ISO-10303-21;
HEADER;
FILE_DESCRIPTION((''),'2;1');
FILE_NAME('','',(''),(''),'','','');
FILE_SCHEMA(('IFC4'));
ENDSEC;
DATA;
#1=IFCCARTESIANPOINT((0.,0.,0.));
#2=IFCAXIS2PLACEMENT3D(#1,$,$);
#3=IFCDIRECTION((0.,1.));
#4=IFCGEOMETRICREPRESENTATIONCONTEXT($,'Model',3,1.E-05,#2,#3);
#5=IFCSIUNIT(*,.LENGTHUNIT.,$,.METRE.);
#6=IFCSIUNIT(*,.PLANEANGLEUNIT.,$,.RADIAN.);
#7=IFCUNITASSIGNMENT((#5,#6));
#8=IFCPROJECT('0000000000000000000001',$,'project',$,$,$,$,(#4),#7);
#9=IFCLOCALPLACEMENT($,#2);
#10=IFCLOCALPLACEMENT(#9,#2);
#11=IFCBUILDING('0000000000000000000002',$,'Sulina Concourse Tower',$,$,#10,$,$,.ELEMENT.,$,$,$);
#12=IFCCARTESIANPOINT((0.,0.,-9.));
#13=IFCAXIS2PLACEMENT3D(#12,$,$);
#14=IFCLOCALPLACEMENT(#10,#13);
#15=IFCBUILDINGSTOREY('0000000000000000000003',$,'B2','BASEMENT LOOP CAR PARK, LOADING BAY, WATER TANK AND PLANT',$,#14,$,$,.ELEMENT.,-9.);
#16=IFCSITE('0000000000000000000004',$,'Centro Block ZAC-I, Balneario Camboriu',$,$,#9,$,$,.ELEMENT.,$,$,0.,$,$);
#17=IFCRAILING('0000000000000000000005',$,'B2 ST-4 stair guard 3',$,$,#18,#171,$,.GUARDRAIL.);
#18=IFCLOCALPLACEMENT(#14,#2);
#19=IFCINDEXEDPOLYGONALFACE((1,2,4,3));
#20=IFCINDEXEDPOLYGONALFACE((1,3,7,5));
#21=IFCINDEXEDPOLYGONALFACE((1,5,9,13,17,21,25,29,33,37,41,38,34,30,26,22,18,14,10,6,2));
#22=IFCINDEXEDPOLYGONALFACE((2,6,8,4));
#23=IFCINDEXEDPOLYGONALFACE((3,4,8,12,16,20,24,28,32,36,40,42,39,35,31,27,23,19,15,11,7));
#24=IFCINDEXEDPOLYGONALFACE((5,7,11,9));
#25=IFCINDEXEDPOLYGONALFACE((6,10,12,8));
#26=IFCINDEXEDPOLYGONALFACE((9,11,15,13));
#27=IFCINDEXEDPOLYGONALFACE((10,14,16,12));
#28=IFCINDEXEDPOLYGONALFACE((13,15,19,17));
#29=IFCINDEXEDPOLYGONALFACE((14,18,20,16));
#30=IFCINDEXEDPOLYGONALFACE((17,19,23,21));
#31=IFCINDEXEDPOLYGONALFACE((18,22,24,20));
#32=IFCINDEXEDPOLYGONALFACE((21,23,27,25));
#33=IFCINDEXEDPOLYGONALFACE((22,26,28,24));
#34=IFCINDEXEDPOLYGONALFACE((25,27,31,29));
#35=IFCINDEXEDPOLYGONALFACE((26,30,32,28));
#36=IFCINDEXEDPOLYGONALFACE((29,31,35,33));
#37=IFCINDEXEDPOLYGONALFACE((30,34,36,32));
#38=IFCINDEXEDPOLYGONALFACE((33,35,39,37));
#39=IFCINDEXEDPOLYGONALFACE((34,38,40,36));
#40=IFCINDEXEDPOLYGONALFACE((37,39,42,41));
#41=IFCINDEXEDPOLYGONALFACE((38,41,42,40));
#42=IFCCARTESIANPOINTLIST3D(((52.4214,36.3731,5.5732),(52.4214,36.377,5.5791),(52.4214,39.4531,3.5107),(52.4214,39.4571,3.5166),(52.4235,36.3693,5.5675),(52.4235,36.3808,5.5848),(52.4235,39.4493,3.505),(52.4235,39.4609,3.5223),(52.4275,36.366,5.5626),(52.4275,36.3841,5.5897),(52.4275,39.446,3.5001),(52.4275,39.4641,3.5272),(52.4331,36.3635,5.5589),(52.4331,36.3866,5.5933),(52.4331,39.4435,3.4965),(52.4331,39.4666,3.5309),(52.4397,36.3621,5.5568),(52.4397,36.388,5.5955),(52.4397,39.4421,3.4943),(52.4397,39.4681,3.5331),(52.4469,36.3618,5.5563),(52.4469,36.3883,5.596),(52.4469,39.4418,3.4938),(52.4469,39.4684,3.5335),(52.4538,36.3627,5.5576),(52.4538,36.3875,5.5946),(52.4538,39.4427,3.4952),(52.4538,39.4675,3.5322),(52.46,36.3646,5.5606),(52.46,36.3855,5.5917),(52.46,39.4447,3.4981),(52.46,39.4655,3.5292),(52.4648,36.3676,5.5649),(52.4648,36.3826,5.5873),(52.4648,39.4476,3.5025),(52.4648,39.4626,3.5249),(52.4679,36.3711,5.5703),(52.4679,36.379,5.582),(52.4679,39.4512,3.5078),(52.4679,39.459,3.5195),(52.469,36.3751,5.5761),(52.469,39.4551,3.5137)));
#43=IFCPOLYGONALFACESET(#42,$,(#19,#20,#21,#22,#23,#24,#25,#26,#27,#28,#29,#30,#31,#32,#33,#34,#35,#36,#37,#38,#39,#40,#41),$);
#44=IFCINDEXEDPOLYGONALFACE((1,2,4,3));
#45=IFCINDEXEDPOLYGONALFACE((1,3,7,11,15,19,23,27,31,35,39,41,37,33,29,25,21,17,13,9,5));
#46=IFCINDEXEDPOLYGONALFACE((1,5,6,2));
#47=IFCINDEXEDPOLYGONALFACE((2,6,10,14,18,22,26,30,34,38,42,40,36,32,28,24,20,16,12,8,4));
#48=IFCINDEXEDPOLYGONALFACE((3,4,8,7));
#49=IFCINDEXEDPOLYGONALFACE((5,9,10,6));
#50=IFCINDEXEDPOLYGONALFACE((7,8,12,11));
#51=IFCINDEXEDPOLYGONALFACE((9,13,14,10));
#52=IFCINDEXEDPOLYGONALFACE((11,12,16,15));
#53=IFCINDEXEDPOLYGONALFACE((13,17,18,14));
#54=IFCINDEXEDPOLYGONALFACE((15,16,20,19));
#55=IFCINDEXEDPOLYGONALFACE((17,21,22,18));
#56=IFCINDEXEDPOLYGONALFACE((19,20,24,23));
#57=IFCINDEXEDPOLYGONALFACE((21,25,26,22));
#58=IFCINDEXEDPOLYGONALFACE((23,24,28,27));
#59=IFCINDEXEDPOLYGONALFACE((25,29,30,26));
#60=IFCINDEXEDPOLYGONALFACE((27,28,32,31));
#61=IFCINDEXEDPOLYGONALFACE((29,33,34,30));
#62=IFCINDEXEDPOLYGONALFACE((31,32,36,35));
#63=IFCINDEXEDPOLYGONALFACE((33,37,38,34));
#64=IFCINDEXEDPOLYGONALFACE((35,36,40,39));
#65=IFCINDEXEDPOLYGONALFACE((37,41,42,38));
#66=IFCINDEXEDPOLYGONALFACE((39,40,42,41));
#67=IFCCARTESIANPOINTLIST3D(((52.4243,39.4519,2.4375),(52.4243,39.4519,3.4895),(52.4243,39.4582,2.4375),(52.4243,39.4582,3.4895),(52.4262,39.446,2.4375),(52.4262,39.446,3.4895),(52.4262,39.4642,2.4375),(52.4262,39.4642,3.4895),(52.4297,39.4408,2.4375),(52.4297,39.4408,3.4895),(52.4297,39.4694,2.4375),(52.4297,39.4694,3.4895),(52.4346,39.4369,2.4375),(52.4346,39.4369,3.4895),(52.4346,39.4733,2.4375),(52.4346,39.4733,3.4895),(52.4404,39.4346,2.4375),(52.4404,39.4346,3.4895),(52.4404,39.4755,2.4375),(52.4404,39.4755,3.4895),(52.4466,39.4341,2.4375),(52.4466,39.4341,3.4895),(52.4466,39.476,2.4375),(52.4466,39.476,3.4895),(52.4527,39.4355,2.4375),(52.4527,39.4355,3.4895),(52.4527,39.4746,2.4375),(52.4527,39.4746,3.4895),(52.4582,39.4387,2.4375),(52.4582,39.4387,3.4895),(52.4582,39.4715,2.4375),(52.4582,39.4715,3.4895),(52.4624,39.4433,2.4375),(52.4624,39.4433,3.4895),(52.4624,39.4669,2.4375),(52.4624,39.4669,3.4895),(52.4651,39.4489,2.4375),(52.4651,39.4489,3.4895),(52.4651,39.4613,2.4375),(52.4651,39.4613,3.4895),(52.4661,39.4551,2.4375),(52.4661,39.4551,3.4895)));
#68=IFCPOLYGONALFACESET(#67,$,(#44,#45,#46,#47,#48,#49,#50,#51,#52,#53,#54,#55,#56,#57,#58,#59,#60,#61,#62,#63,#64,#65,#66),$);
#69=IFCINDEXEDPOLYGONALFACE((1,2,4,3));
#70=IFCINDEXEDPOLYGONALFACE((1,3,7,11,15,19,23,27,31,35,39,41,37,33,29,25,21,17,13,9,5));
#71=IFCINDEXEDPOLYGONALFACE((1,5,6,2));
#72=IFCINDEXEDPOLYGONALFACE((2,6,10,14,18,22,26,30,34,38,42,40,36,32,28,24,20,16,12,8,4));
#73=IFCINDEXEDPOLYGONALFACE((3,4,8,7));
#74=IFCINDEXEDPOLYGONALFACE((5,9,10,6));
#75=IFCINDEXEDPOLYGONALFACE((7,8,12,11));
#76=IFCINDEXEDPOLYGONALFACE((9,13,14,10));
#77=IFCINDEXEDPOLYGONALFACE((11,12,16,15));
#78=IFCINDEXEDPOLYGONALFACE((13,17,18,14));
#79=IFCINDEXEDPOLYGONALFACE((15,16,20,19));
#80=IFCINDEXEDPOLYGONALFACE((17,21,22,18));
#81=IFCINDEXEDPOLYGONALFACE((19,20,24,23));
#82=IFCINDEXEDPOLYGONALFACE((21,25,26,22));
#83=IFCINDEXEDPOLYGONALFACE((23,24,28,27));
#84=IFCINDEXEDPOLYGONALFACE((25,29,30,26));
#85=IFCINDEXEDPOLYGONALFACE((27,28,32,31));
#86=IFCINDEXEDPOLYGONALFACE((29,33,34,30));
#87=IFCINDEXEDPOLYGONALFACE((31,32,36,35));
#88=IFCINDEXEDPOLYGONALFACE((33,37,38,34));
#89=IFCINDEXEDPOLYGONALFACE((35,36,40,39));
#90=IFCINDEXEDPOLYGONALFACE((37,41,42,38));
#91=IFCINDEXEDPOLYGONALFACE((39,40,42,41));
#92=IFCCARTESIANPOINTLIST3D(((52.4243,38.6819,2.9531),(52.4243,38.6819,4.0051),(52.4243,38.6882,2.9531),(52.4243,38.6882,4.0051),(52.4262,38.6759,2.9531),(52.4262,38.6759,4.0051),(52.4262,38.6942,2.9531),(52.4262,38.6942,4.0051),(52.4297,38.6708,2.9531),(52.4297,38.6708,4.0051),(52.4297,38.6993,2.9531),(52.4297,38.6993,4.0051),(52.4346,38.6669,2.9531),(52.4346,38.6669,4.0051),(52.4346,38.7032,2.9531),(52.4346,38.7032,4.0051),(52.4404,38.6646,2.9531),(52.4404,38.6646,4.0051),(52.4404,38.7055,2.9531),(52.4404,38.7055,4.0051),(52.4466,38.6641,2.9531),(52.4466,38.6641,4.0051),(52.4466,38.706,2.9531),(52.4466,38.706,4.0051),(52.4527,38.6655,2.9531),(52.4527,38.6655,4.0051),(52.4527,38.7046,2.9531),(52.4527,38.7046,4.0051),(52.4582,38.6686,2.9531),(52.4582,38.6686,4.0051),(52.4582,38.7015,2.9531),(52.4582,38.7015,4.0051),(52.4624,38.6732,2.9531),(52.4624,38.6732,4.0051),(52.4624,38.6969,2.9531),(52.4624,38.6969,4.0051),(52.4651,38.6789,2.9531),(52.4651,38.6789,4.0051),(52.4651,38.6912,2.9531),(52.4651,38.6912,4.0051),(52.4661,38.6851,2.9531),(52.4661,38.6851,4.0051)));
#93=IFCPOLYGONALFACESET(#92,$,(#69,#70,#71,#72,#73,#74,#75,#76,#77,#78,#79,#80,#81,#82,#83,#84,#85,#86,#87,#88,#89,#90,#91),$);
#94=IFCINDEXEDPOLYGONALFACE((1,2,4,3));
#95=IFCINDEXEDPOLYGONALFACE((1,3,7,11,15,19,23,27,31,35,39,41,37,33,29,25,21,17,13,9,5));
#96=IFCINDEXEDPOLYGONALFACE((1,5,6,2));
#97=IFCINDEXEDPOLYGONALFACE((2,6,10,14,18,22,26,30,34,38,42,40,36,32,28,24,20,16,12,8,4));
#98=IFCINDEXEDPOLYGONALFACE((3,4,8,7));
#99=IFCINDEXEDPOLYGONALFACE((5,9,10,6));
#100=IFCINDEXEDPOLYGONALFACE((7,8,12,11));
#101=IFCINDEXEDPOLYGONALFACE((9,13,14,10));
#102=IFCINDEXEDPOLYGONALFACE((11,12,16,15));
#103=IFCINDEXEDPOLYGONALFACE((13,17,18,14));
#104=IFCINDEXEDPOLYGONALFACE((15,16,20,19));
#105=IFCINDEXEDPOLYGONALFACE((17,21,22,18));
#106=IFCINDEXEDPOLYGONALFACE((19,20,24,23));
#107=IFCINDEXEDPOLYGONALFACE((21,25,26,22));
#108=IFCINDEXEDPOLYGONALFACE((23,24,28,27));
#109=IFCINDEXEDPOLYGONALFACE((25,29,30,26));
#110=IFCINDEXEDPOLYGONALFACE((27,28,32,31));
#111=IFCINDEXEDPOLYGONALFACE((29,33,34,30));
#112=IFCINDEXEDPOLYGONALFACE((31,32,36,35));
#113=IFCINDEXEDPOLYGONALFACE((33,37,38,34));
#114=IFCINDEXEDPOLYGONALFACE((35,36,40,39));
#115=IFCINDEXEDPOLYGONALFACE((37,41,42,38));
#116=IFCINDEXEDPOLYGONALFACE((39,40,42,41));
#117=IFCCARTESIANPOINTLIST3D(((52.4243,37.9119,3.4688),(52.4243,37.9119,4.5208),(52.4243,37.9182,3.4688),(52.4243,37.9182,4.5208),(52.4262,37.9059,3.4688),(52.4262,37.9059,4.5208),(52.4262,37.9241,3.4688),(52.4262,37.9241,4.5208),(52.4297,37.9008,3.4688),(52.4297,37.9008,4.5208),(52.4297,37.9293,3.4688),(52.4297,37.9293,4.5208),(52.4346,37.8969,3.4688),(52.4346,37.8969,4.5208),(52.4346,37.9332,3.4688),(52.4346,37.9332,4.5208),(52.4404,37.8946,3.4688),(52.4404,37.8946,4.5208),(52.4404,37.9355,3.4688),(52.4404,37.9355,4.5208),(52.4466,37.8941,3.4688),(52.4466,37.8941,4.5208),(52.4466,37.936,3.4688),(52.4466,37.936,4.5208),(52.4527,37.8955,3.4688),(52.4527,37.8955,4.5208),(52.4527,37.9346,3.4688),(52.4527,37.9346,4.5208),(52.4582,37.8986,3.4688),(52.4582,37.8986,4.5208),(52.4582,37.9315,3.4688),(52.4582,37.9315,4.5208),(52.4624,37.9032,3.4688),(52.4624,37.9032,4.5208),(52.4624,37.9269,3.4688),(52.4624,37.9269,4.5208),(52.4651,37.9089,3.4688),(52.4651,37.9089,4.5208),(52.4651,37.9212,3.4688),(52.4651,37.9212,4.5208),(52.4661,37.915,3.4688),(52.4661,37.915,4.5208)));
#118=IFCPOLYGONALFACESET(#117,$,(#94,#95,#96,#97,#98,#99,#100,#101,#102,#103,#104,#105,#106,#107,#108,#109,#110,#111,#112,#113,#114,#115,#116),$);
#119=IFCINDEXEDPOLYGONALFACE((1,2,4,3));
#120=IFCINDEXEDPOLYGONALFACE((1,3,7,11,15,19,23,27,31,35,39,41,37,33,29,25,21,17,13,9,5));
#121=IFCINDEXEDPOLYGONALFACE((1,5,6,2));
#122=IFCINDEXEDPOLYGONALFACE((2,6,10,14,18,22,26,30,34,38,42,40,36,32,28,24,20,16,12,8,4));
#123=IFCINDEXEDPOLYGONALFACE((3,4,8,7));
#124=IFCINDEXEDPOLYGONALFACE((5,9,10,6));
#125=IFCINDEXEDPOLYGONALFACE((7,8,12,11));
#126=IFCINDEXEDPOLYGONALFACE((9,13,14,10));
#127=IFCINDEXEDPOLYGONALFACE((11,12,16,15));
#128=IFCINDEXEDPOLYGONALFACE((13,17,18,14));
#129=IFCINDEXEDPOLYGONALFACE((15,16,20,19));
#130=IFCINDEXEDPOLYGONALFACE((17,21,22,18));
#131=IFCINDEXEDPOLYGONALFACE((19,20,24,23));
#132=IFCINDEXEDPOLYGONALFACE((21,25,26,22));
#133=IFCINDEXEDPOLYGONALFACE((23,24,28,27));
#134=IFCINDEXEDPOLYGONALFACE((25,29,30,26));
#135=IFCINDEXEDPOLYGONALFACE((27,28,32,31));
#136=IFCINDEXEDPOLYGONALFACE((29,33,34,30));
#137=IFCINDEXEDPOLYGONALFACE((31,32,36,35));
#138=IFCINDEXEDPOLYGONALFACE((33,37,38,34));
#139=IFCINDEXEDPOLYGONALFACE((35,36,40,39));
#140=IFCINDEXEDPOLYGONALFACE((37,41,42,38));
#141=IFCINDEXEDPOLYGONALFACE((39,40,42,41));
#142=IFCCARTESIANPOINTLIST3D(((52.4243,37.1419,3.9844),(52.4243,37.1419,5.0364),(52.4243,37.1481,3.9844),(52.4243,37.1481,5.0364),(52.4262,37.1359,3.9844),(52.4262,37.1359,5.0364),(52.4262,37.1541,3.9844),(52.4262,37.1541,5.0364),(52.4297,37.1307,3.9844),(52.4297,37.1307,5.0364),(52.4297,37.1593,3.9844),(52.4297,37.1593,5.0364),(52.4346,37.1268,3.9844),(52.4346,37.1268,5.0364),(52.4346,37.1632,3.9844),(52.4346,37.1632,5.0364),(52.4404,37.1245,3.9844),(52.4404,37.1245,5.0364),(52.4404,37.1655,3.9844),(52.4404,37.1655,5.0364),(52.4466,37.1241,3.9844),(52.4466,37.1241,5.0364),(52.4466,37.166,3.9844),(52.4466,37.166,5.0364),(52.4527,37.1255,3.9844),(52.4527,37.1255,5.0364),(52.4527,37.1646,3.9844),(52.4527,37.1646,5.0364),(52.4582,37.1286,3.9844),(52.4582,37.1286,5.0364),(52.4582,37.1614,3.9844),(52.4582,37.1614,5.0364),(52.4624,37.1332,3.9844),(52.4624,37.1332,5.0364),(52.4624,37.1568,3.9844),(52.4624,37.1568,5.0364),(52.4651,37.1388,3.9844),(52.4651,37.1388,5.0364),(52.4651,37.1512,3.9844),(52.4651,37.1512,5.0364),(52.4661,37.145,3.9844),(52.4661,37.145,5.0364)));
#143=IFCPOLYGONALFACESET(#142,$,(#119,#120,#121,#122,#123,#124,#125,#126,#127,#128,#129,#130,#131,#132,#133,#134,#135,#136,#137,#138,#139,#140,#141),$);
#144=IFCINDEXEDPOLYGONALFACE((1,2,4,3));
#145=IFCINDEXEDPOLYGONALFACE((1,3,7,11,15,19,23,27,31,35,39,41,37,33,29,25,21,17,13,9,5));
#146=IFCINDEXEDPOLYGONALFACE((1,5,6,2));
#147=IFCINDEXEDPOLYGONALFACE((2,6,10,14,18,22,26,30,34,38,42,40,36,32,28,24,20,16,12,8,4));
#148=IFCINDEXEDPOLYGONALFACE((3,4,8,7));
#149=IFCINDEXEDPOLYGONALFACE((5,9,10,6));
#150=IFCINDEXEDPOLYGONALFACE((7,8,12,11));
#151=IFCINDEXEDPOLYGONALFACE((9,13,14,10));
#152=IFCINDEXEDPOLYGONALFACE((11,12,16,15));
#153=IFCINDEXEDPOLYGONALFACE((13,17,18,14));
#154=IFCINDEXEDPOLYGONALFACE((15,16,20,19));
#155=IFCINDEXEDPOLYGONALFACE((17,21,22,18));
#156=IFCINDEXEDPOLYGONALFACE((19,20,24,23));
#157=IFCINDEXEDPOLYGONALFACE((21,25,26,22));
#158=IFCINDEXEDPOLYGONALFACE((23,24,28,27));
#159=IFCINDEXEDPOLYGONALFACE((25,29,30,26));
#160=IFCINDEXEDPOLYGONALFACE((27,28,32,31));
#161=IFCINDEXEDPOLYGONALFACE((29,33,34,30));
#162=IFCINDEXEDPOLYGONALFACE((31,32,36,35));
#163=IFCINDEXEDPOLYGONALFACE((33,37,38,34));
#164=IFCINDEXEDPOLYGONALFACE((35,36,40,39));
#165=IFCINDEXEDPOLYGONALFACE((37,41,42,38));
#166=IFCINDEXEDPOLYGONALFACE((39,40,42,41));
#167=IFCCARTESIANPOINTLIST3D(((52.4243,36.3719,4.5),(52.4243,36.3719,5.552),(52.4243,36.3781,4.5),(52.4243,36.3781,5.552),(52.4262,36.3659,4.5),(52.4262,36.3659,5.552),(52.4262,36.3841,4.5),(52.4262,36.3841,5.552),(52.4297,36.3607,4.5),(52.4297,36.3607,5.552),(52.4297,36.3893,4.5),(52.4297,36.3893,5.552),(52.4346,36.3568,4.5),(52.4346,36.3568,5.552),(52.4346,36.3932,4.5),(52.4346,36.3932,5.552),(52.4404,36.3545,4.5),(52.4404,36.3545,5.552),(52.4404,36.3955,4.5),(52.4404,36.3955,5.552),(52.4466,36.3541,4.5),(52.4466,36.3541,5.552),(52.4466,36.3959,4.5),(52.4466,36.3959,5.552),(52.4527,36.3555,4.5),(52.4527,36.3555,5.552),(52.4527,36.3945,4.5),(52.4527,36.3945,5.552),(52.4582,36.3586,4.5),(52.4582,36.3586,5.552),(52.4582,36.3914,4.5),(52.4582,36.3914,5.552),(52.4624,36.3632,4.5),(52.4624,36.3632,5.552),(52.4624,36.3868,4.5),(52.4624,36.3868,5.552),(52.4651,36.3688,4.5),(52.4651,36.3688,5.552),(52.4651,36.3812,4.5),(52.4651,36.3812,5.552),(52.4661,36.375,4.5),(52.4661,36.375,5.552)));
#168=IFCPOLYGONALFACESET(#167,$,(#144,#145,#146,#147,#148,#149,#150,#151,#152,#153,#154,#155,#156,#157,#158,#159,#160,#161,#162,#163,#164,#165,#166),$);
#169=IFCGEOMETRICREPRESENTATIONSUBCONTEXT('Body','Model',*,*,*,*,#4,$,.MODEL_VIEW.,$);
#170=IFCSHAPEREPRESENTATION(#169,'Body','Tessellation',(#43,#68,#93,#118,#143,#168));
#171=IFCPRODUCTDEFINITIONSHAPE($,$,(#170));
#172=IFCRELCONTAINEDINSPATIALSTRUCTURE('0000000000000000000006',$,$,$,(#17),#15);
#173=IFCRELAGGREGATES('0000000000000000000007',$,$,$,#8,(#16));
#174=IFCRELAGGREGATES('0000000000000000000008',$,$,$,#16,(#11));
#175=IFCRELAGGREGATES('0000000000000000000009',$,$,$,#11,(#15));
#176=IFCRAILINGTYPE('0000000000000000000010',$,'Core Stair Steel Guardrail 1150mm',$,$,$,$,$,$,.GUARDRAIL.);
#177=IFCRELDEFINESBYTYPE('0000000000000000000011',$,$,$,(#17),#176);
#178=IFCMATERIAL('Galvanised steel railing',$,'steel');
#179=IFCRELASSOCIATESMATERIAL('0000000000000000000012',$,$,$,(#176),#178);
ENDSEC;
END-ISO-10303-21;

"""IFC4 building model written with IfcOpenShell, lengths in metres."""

from ifc_helpers import new_model, si_unit, direction, frame, origin, origin_2d, place, context, subcontext, project, spatial, circle, extrude, material, type_object, element, save


model = new_model("IFC4")

# Units and contexts
model_context = context("Model", 3, precision=1e-05, world=origin(), true_north=direction((0.0, 1.0)))
body_context = subcontext(model_context, "Body", "Model", "MODEL_VIEW")
ifc_project = project(units=[si_unit("LENGTHUNIT", "METRE"), si_unit("PLANEANGLEUNIT", "RADIAN")], contexts=[model_context])

# Site, building, storey
site_placement = place(None, origin())
site = spatial("IfcSite", under=ifc_project, at=site_placement, Name="Centro Block ZAC-I, Balneario Camboriu", CompositionType="ELEMENT", RefElevation=0.0)
building_placement = place(site_placement, origin())
building = spatial("IfcBuilding", under=site, at=building_placement, Name="Sulina Concourse Tower", CompositionType="ELEMENT")
storey_placement = place(building_placement, frame((0.0, 0.0, -9.0)))
storey = spatial("IfcBuildingStorey", under=building, at=storey_placement, Name="B2", Description="BASEMENT LOOP CAR PARK, LOADING BAY, WATER TANK AND PLANT", CompositionType="ELEMENT", Elevation=-9.0)

# Railing
ifc_material_1 = material(Name="Galvanised steel railing", Category="steel")
railing_type_1 = type_object("IfcRailingType", Name="Core Stair Steel Guardrail 1150mm", PredefinedType="GUARDRAIL", material=ifc_material_1)
railing_1_placement = place(storey_placement, frame((52.4451, 39.4551, 2.4375)))
element("IfcRailing", 1, at=railing_1_placement, inside=storey, type_object=railing_type_1, Name="B2 ST-4 stair guard 3", PredefinedType="GUARDRAIL", context=body_context, shape_type="SweptSolid", body=[
    extrude(circle(Radius=0.0239, at=origin_2d()), frame((0.0, 0.0, 1.0762), z_axis=(0.0, -0.830914, 0.556401), x_axis=(1.0, 0.0, 0.0)), (0.0, 0.0, 1.0), 3.7068),
    extrude(circle(Radius=0.021, at=origin_2d()), origin(), (0.0, 0.0, 1.0), 1.052),
    extrude(circle(Radius=0.021, at=origin_2d()), frame((0.0, -0.77, 0.5156)), (0.0, 0.0, 1.0), 1.052),
    extrude(circle(Radius=0.021, at=origin_2d()), frame((0.0, -1.54, 1.0312)), (0.0, 0.0, 1.0), 1.052),
    extrude(circle(Radius=0.021, at=origin_2d()), frame((0.0, -2.3101, 1.5469)), (0.0, 0.0, 1.0), 1.052),
    extrude(circle(Radius=0.021, at=origin_2d()), frame((0.0, -3.0801, 2.0625)), (0.0, 0.0, 1.0), 1.052),
])

save(model, "model.ifc")
